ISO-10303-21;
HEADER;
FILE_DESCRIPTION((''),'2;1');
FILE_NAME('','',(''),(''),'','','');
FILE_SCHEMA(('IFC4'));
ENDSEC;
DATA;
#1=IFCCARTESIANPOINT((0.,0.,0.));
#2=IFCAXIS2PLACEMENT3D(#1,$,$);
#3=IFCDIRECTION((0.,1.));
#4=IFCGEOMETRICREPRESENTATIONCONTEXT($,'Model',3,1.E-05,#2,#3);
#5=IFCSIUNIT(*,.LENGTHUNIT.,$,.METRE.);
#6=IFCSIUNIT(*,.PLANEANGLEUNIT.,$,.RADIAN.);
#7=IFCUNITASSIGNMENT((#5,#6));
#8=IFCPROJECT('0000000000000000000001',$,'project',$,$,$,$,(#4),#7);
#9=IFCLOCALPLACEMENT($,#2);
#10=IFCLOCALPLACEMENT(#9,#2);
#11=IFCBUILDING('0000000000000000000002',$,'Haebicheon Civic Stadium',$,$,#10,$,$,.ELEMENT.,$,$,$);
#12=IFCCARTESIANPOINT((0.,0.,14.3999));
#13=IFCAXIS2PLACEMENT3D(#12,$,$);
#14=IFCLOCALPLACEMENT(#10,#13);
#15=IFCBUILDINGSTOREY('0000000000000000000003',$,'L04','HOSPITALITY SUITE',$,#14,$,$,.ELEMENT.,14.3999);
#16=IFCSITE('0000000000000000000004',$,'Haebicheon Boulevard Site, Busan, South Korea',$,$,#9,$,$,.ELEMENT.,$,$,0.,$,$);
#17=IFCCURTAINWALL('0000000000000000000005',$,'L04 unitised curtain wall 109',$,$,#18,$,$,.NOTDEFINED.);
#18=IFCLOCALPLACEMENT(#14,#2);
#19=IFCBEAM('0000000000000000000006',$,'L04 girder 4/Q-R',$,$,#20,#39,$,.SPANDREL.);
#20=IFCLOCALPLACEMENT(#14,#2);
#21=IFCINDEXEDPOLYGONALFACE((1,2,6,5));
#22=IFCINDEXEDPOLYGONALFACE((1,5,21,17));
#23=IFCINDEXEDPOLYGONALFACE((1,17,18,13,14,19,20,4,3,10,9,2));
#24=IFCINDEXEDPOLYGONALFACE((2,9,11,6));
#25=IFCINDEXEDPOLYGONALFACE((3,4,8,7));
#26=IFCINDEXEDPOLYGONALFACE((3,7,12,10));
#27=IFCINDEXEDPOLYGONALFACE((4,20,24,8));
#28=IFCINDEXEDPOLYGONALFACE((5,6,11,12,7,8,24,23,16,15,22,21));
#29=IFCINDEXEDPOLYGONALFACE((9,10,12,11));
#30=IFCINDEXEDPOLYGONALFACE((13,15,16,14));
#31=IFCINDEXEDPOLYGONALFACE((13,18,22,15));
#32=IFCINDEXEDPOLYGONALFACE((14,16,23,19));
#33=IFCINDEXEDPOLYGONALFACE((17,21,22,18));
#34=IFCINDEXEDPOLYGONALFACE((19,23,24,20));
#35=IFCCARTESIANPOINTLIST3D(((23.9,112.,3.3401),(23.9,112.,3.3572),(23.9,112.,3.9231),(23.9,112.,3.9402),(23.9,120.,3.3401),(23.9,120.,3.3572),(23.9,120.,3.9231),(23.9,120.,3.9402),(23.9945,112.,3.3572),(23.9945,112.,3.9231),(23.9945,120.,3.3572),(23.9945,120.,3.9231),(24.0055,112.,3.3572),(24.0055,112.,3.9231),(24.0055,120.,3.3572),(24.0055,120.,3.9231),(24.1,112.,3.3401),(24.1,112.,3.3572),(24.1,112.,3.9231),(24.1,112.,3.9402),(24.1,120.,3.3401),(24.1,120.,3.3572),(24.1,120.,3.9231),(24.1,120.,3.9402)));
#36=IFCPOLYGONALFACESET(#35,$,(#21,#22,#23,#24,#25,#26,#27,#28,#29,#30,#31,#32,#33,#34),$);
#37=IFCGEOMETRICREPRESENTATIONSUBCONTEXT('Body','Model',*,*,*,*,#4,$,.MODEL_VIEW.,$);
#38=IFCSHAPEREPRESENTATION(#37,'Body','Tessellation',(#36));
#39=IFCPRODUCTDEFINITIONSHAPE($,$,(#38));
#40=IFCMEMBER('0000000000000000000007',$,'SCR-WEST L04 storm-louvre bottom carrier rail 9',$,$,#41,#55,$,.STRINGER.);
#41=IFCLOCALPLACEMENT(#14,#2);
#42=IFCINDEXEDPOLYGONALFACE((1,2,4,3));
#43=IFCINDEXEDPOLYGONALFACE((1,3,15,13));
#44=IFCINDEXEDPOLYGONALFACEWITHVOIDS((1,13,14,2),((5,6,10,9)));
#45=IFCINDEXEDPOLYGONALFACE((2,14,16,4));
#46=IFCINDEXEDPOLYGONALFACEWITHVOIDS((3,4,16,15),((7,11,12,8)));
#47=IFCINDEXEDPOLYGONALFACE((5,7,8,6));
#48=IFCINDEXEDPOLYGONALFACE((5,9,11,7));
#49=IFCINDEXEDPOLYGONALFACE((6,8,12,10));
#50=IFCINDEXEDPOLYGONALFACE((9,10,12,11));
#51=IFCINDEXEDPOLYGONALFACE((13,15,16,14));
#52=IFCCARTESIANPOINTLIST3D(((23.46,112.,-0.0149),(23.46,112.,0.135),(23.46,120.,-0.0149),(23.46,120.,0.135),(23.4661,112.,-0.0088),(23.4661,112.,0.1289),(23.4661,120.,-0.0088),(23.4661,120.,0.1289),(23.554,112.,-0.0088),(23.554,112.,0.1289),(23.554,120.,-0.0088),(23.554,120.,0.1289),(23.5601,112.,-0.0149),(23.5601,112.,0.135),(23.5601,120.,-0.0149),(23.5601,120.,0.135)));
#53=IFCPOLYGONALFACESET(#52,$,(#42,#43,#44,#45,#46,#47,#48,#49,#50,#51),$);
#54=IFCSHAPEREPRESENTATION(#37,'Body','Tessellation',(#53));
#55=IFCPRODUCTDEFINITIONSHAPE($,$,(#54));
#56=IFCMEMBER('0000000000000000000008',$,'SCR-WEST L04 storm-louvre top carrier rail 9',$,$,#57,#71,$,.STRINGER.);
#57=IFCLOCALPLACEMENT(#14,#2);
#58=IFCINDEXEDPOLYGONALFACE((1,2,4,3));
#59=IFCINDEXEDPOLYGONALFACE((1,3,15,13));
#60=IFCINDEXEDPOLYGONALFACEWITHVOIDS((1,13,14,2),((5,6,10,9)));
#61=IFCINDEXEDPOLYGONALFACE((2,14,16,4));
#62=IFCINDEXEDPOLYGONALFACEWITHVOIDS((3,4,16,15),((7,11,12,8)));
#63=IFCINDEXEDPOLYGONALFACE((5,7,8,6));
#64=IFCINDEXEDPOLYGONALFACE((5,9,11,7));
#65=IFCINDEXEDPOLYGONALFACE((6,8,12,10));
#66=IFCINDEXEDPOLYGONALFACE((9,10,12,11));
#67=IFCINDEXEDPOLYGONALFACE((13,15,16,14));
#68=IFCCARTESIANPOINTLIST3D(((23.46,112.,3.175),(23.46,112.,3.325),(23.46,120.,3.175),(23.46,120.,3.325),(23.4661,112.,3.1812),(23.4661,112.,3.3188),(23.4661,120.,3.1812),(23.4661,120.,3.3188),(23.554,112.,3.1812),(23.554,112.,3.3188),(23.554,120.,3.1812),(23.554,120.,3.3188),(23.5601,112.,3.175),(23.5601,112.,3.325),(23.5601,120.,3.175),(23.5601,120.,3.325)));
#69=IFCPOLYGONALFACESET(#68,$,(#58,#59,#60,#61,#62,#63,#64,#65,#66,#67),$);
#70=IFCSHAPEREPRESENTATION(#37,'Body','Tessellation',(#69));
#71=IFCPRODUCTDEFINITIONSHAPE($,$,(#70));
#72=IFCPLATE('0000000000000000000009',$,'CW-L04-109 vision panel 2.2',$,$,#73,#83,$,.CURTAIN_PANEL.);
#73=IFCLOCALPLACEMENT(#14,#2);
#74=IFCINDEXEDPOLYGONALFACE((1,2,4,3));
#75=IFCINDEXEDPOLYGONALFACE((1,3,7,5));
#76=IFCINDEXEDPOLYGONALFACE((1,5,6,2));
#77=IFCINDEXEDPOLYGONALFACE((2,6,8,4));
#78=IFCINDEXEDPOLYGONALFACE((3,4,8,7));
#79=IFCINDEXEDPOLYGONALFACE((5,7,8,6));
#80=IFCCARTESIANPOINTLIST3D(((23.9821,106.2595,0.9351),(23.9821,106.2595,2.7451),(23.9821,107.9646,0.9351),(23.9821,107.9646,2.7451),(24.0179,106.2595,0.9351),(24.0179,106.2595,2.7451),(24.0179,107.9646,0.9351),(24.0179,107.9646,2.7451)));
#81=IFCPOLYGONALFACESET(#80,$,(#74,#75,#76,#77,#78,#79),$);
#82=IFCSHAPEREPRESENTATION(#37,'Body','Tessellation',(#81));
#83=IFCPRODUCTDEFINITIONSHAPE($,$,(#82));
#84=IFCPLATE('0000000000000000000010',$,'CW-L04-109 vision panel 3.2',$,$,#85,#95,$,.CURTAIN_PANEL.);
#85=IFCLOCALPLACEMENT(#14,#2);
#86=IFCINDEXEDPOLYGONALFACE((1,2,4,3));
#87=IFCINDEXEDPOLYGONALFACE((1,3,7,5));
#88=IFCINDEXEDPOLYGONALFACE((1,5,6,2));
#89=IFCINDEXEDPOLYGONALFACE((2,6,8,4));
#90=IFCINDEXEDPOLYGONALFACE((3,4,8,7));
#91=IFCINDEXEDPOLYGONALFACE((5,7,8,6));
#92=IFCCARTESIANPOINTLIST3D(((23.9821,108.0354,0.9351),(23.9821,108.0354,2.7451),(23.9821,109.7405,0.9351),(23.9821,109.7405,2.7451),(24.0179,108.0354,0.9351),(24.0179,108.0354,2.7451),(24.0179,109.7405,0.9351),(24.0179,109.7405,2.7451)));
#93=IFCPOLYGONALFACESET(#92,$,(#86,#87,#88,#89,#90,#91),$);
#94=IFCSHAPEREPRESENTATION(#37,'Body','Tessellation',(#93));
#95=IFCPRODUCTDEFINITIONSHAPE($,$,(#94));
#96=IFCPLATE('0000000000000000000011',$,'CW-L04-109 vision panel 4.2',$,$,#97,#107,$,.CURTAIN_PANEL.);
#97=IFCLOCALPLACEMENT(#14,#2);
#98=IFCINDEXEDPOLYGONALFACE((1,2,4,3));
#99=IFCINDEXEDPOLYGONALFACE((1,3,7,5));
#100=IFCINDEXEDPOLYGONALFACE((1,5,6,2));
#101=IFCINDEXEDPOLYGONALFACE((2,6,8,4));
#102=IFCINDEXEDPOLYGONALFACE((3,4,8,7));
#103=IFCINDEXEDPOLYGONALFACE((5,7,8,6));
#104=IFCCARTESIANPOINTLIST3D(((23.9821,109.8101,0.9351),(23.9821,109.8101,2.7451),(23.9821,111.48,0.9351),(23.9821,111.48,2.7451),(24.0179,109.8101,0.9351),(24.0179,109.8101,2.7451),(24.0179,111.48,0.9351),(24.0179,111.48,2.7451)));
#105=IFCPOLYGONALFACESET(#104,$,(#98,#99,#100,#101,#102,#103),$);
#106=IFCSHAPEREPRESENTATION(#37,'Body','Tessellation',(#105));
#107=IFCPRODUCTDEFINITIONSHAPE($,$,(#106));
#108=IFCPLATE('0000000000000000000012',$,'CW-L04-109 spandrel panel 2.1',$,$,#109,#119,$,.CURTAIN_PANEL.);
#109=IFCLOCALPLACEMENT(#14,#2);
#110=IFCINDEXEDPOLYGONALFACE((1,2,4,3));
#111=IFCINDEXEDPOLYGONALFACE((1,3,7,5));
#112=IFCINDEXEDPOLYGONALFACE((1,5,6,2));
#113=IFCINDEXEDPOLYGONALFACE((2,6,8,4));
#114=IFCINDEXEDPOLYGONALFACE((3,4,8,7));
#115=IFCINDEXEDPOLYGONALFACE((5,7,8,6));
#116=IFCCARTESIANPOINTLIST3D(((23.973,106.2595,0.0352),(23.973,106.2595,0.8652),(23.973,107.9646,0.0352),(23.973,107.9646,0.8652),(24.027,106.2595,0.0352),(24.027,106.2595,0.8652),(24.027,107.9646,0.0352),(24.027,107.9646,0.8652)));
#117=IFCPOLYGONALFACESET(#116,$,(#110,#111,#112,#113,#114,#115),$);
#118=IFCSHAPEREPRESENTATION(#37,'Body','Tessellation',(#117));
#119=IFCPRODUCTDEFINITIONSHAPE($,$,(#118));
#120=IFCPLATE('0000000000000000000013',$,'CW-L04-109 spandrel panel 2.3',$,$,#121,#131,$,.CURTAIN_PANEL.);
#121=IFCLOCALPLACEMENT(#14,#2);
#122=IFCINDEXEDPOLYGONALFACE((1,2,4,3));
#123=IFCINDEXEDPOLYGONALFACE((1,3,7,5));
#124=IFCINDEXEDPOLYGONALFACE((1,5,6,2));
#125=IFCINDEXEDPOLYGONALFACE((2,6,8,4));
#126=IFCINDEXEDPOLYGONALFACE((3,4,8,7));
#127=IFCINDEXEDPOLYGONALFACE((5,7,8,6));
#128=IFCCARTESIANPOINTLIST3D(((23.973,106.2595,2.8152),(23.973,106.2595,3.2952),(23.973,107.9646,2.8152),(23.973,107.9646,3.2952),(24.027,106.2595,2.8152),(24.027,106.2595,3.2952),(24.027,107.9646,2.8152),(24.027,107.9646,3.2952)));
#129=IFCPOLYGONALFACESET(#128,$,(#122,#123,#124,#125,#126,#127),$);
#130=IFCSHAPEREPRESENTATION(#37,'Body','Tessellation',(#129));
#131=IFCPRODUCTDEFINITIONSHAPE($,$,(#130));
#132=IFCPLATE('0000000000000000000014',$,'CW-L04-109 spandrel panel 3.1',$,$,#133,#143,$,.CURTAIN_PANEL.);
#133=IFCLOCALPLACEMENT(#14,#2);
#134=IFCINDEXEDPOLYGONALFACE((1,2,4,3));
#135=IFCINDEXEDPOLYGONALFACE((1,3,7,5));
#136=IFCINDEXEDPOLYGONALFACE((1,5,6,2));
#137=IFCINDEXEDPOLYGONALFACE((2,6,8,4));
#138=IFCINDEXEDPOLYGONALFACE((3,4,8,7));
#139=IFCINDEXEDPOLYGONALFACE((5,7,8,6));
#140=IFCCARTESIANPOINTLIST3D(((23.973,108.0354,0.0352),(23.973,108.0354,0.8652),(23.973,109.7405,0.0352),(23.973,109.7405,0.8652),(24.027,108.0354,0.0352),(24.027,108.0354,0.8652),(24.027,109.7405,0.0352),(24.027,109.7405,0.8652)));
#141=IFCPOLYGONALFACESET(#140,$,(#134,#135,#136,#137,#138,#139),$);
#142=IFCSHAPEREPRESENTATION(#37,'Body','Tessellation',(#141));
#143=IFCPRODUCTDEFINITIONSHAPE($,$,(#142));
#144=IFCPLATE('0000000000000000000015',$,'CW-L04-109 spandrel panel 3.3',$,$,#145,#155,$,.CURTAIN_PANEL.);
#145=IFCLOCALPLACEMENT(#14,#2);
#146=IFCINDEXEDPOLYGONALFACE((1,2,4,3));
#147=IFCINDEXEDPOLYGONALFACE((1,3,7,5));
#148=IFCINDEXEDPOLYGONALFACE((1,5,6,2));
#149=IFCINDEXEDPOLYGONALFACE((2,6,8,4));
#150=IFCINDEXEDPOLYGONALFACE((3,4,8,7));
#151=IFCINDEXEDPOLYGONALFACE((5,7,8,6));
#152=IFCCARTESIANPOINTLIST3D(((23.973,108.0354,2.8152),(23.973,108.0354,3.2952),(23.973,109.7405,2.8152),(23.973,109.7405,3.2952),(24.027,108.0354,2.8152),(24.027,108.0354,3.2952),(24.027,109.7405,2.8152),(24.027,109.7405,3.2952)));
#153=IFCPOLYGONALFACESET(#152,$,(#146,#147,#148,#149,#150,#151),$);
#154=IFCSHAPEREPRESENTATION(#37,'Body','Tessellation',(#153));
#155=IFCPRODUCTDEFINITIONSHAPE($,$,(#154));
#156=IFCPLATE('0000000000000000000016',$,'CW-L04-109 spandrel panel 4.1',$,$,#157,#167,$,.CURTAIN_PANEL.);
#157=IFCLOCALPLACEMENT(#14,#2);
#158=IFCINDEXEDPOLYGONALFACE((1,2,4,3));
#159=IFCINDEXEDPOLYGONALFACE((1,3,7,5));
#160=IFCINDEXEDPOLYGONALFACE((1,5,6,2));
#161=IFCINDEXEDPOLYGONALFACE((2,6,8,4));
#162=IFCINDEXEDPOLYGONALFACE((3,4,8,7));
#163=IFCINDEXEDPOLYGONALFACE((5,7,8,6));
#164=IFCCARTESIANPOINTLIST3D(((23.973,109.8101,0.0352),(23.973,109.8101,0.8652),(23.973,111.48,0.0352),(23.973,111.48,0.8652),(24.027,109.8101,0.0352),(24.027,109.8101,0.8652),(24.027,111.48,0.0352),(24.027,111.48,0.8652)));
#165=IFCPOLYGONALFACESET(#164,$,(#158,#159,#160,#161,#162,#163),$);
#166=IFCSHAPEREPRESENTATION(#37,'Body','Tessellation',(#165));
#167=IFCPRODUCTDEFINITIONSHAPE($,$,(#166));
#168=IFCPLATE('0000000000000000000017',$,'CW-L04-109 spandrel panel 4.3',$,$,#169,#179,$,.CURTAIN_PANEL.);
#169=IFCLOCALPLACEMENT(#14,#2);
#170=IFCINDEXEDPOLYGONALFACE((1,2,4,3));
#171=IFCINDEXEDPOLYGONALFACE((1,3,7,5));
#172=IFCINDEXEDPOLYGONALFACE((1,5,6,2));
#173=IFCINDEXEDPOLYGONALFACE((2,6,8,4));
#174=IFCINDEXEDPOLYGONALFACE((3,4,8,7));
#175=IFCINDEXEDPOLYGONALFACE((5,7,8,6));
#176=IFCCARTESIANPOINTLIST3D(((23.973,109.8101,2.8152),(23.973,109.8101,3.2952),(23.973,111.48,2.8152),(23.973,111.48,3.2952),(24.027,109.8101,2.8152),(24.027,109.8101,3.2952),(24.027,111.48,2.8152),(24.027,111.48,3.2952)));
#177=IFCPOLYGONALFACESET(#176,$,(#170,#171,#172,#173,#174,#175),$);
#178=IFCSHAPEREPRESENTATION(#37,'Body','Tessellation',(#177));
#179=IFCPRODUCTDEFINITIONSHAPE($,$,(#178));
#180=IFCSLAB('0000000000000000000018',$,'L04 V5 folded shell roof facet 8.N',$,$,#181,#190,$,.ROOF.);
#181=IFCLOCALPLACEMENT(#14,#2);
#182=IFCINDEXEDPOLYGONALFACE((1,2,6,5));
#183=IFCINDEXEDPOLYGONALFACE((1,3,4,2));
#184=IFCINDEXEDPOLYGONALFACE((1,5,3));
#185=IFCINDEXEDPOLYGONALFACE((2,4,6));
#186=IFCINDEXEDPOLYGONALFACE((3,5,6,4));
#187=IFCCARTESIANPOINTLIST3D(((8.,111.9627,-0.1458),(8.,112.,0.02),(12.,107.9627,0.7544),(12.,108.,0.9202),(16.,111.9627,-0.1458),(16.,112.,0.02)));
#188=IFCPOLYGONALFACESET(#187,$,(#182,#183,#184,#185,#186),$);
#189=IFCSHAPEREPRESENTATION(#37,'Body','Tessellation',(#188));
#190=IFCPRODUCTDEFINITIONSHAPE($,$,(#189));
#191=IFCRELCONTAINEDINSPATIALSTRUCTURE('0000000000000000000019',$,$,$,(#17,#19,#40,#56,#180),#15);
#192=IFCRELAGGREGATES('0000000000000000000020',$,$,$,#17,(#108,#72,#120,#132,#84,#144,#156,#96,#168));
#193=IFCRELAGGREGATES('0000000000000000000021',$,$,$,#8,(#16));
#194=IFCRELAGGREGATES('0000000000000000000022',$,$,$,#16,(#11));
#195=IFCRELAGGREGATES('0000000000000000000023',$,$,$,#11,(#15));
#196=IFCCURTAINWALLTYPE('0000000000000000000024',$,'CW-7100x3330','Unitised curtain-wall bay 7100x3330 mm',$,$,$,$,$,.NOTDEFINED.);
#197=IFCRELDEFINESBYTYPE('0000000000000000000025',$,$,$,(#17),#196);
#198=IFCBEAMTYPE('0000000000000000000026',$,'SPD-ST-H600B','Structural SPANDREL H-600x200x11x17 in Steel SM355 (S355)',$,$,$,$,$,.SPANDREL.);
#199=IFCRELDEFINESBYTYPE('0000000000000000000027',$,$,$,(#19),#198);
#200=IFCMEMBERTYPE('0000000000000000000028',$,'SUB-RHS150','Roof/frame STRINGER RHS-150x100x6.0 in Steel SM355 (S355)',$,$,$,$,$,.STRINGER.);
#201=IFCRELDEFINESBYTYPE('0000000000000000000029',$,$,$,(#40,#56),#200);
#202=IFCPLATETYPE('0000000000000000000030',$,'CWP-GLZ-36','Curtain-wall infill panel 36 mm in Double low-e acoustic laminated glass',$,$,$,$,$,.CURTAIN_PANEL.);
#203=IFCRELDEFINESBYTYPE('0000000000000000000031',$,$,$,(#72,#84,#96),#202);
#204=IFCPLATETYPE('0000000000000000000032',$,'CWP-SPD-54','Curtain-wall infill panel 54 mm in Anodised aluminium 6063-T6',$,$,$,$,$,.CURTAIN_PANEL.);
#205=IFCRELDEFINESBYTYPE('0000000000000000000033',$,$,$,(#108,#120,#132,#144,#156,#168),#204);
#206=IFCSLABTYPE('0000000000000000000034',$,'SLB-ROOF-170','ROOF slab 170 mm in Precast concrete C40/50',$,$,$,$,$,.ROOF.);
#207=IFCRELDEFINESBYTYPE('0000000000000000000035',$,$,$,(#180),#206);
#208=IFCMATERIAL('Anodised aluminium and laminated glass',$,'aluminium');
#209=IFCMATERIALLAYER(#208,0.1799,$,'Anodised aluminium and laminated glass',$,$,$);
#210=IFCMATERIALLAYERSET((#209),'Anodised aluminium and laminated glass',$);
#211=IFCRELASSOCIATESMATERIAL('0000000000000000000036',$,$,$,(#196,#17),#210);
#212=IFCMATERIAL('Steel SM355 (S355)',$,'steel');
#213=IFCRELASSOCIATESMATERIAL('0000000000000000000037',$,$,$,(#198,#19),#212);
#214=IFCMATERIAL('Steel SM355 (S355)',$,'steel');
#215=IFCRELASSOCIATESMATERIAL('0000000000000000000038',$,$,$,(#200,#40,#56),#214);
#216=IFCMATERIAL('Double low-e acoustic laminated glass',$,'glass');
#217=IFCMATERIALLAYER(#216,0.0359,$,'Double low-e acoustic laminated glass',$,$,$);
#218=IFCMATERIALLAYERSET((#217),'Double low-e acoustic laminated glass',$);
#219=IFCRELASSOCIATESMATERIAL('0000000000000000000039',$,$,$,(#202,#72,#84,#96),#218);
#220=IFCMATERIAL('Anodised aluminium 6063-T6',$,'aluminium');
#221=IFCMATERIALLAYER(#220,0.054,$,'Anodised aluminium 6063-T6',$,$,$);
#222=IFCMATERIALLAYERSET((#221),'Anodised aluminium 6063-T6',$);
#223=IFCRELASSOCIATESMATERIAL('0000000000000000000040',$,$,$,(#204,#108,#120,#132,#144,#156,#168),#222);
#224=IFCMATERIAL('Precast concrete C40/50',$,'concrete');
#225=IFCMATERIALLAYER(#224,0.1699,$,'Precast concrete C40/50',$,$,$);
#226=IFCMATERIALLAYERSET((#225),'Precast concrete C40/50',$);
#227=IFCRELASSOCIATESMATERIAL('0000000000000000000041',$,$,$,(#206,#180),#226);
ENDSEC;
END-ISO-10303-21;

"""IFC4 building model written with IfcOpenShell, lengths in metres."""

from ifc_helpers import new_model, si_unit, direction, frame, origin, origin_2d, place, context, subcontext, project, spatial, polyline, rectangle, hollow_rectangle, i_section, outline, extrude, material, layer, layer_set, material_profile, profile_set, type_object, element, aggregate, save


model = new_model("IFC4")

# Units and contexts
model_context = context("Model", 3, precision=1e-05, world=origin(), true_north=direction((0.0, 1.0)))
body_context = subcontext(model_context, "Body", "Model", "MODEL_VIEW")
ifc_project = project(units=[si_unit("LENGTHUNIT", "METRE"), si_unit("PLANEANGLEUNIT", "RADIAN")], contexts=[model_context])

# Site, building, storey
site_placement = place(None, origin())
site = spatial("IfcSite", under=ifc_project, at=site_placement, Name="Haebicheon Boulevard Site, Busan, South Korea", CompositionType="ELEMENT", RefElevation=0.0)
building_placement = place(site_placement, origin())
building = spatial("IfcBuilding", under=site, at=building_placement, Name="Haebicheon Civic Stadium", CompositionType="ELEMENT")
storey_placement = place(building_placement, frame((0.0, 0.0, 14.3999)))
storey = spatial("IfcBuildingStorey", under=building, at=storey_placement, Name="L04", Description="HOSPITALITY SUITE", CompositionType="ELEMENT", Elevation=14.3999)

# Curtain wall
ifc_material_1 = material(Name="Anodised aluminium and laminated glass", Category="aluminium")
ifc_layer_1 = layer(ifc_material_1, 0.1799, Name="Anodised aluminium and laminated glass")
ifc_layer_set_1 = layer_set([ifc_layer_1], Name="Anodised aluminium and laminated glass")
curtain_wall_type = type_object("IfcCurtainWallType", Name="CW-7100x3330", Description="Unitised curtain-wall bay 7100x3330 mm", PredefinedType="NOTDEFINED", material=ifc_layer_set_1)
curtain_wall_placement = place(storey_placement, origin())
curtain_wall = element("IfcCurtainWall", 1, at=curtain_wall_placement, inside=storey, type_object=curtain_wall_type, material=ifc_layer_set_1, Name="L04 unitised curtain wall 109", PredefinedType="NOTDEFINED")

# Beam
ifc_material_2 = material(Name="Steel SM355 (S355)", Category="steel")
ifc_material_profile_1 = material_profile(ifc_material_2, i_section(OverallWidth=0.2, OverallDepth=0.6001, WebThickness=0.011, FlangeThickness=0.0171, at=origin_2d()), Name="H-600x200x11x17")
ifc_profile_set_1 = profile_set([ifc_material_profile_1], Name="Steel SM355 (S355)")
beam_type_1 = type_object("IfcBeamType", Name="SPD-ST-H600B", Description="Structural SPANDREL H-600x200x11x17 in Steel SM355 (S355)", PredefinedType="SPANDREL", material=ifc_profile_set_1)
beam_1_placement = place(storey_placement, frame((24.0, 112.0, 3.6401), z_axis=(0.0, 1.0, 0.0), x_axis=(-1.0, 0.0, 0.0)))
element("IfcBeam", 2, at=beam_1_placement, inside=storey, type_object=beam_type_1, material=ifc_profile_set_1, Name="L04 girder 4/Q-R", PredefinedType="SPANDREL", context=body_context, shape_type="SweptSolid", body=[
    extrude(i_section(OverallWidth=0.2, OverallDepth=0.6001, WebThickness=0.011, FlangeThickness=0.0171, at=origin_2d()), origin(), (0.0, 0.0, 1.0), 8.0),
])

# Members
ifc_material_3 = material(Name="Steel SM355 (S355)", Category="steel")
ifc_material_profile_2 = material_profile(ifc_material_3, hollow_rectangle(XDim=0.1001, YDim=0.1499, WallThickness=0.0061, at=origin_2d()), Name="RHS-150x100x6.0")
ifc_profile_set_2 = profile_set([ifc_material_profile_2], Name="Steel SM355 (S355)")
member_type_1 = type_object("IfcMemberType", Name="SUB-RHS150", Description="Roof/frame STRINGER RHS-150x100x6.0 in Steel SM355 (S355)", PredefinedType="STRINGER", material=ifc_profile_set_2)
for number, where, z_axis, x_axis, name in (
    (3, (23.51, 112.0, 0.0601), (0.0, 1.0, 0.0), (-1.0, 0.0, 0.0), "SCR-WEST L04 storm-louvre bottom carrier rail 9"),
    (4, (23.51, 112.0, 3.25), (0.0, 1.0, 0.0), (-1.0, 0.0, 0.0), "SCR-WEST L04 storm-louvre top carrier rail 9"),
):
    element("IfcMember", number, at=place(storey_placement, frame(where, z_axis=z_axis, x_axis=x_axis)), inside=storey, type_object=member_type_1, material=ifc_profile_set_2, Name=name, PredefinedType="STRINGER", context=body_context, shape_type="SweptSolid", body=[
        extrude(hollow_rectangle(XDim=0.1001, YDim=0.1499, WallThickness=0.0061, at=origin_2d()), origin(), (0.0, 0.0, 1.0), 8.0),
    ])

# Plates
ifc_material_4 = material(Name="Double low-e acoustic laminated glass", Category="glass")
ifc_layer_2 = layer(ifc_material_4, 0.0359, Name="Double low-e acoustic laminated glass")
ifc_layer_set_2 = layer_set([ifc_layer_2], Name="Double low-e acoustic laminated glass")
plate_type_1 = type_object("IfcPlateType", Name="CWP-GLZ-36", Description="Curtain-wall infill panel 36 mm in Double low-e acoustic laminated glass", PredefinedType="CURTAIN_PANEL", material=ifc_layer_set_2)
plate_1_placement = place(storey_placement, frame((24.0, 107.1121, 0.9351), z_axis=(0.0, 0.0, 1.0), x_axis=(0.0, 1.0, 0.0)))
plate_1 = element("IfcPlate", 5, at=plate_1_placement, type_object=plate_type_1, material=ifc_layer_set_2, Name="CW-L04-109 vision panel 2.2", PredefinedType="CURTAIN_PANEL", context=body_context, shape_type="SweptSolid", body=[
    extrude(rectangle(XDim=1.7051, YDim=0.0359, at=origin_2d()), origin(), (0.0, 0.0, 1.0), 1.8101),
])
plate_2_placement = place(storey_placement, frame((24.0, 108.8879, 0.9351), z_axis=(0.0, 0.0, 1.0), x_axis=(0.0, 1.0, 0.0)))
plate_2 = element("IfcPlate", 6, at=plate_2_placement, type_object=plate_type_1, material=ifc_layer_set_2, Name="CW-L04-109 vision panel 3.2", PredefinedType="CURTAIN_PANEL", context=body_context, shape_type="SweptSolid", body=[
    extrude(rectangle(XDim=1.7051, YDim=0.0359, at=origin_2d()), origin(), (0.0, 0.0, 1.0), 1.8101),
])
plate_3_placement = place(storey_placement, frame((24.0, 110.645, 0.9351), z_axis=(0.0, 0.0, 1.0), x_axis=(0.0, 1.0, 0.0)))
plate_3 = element("IfcPlate", 7, at=plate_3_placement, type_object=plate_type_1, material=ifc_layer_set_2, Name="CW-L04-109 vision panel 4.2", PredefinedType="CURTAIN_PANEL", context=body_context, shape_type="SweptSolid", body=[
    extrude(rectangle(XDim=1.6699, YDim=0.0359, at=origin_2d()), origin(), (0.0, 0.0, 1.0), 1.8101),
])
ifc_material_5 = material(Name="Anodised aluminium 6063-T6", Category="aluminium")
ifc_layer_3 = layer(ifc_material_5, 0.054, Name="Anodised aluminium 6063-T6")
ifc_layer_set_3 = layer_set([ifc_layer_3], Name="Anodised aluminium 6063-T6")
plate_type_2 = type_object("IfcPlateType", Name="CWP-SPD-54", Description="Curtain-wall infill panel 54 mm in Anodised aluminium 6063-T6", PredefinedType="CURTAIN_PANEL", material=ifc_layer_set_3)
plate_4_placement = place(storey_placement, frame((24.0, 107.1121, 0.0352), z_axis=(0.0, 0.0, 1.0), x_axis=(0.0, 1.0, 0.0)))
plate_4 = element("IfcPlate", 8, at=plate_4_placement, type_object=plate_type_2, material=ifc_layer_set_3, Name="CW-L04-109 spandrel panel 2.1", PredefinedType="CURTAIN_PANEL", context=body_context, shape_type="SweptSolid", body=[
    extrude(rectangle(XDim=1.7051, YDim=0.054, at=origin_2d()), origin(), (0.0, 0.0, 1.0), 0.8301),
])
plate_5_placement = place(storey_placement, frame((24.0, 107.1121, 2.8152), z_axis=(0.0, 0.0, 1.0), x_axis=(0.0, 1.0, 0.0)))
plate_5 = element("IfcPlate", 9, at=plate_5_placement, type_object=plate_type_2, material=ifc_layer_set_3, Name="CW-L04-109 spandrel panel 2.3", PredefinedType="CURTAIN_PANEL", context=body_context, shape_type="SweptSolid", body=[
    extrude(rectangle(XDim=1.7051, YDim=0.054, at=origin_2d()), origin(), (0.0, 0.0, 1.0), 0.48),
])
plate_6_placement = place(storey_placement, frame((24.0, 108.8879, 0.0352), z_axis=(0.0, 0.0, 1.0), x_axis=(0.0, 1.0, 0.0)))
plate_6 = element("IfcPlate", 10, at=plate_6_placement, type_object=plate_type_2, material=ifc_layer_set_3, Name="CW-L04-109 spandrel panel 3.1", PredefinedType="CURTAIN_PANEL", context=body_context, shape_type="SweptSolid", body=[
    extrude(rectangle(XDim=1.7051, YDim=0.054, at=origin_2d()), origin(), (0.0, 0.0, 1.0), 0.8301),
])
plate_7_placement = place(storey_placement, frame((24.0, 108.8879, 2.8152), z_axis=(0.0, 0.0, 1.0), x_axis=(0.0, 1.0, 0.0)))
plate_7 = element("IfcPlate", 11, at=plate_7_placement, type_object=plate_type_2, material=ifc_layer_set_3, Name="CW-L04-109 spandrel panel 3.3", PredefinedType="CURTAIN_PANEL", context=body_context, shape_type="SweptSolid", body=[
    extrude(rectangle(XDim=1.7051, YDim=0.054, at=origin_2d()), origin(), (0.0, 0.0, 1.0), 0.48),
])
plate_8_placement = place(storey_placement, frame((24.0, 110.645, 0.0352), z_axis=(0.0, 0.0, 1.0), x_axis=(0.0, 1.0, 0.0)))
plate_8 = element("IfcPlate", 12, at=plate_8_placement, type_object=plate_type_2, material=ifc_layer_set_3, Name="CW-L04-109 spandrel panel 4.1", PredefinedType="CURTAIN_PANEL", context=body_context, shape_type="SweptSolid", body=[
    extrude(rectangle(XDim=1.6699, YDim=0.054, at=origin_2d()), origin(), (0.0, 0.0, 1.0), 0.8301),
])
plate_9_placement = place(storey_placement, frame((24.0, 110.645, 2.8152), z_axis=(0.0, 0.0, 1.0), x_axis=(0.0, 1.0, 0.0)))
plate_9 = element("IfcPlate", 13, at=plate_9_placement, type_object=plate_type_2, material=ifc_layer_set_3, Name="CW-L04-109 spandrel panel 4.3", PredefinedType="CURTAIN_PANEL", context=body_context, shape_type="SweptSolid", body=[
    extrude(rectangle(XDim=1.6699, YDim=0.054, at=origin_2d()), origin(), (0.0, 0.0, 1.0), 0.48),
])
aggregate(curtain_wall, [plate_4, plate_1, plate_5, plate_6, plate_2, plate_7, plate_8, plate_3, plate_9])

# Slab
ifc_material_6 = material(Name="Precast concrete C40/50", Category="concrete")
ifc_layer_4 = layer(ifc_material_6, 0.1699, Name="Precast concrete C40/50")
ifc_layer_set_4 = layer_set([ifc_layer_4], Name="Precast concrete C40/50")
slab_type = type_object("IfcSlabType", Name="SLB-ROOF-170", Description="ROOF slab 170 mm in Precast concrete C40/50", PredefinedType="ROOF", material=ifc_layer_set_4)
for number, where, z_axis, x_axis, name in (
    (14, (16.0, 112.0, 0.02), (0.0, 0.219546, 0.975602), (-1.0, 0.0, 0.0), "L04 V5 folded shell roof facet 8.N"),
):
    element("IfcSlab", number, at=place(storey_placement, frame(where, z_axis=z_axis, x_axis=x_axis)), inside=storey, type_object=slab_type, material=ifc_layer_set_4, Name=name, PredefinedType="ROOF", context=body_context, shape_type="SweptSolid", body=[
        extrude(outline(polyline([(0.0, 0.0), (8.0, 0.0), (4.0, 4.1), (0.0, 0.0)])), origin(), (0.0, 0.0, -1.0), 0.1699),
    ])

save(model, "model.ifc")
